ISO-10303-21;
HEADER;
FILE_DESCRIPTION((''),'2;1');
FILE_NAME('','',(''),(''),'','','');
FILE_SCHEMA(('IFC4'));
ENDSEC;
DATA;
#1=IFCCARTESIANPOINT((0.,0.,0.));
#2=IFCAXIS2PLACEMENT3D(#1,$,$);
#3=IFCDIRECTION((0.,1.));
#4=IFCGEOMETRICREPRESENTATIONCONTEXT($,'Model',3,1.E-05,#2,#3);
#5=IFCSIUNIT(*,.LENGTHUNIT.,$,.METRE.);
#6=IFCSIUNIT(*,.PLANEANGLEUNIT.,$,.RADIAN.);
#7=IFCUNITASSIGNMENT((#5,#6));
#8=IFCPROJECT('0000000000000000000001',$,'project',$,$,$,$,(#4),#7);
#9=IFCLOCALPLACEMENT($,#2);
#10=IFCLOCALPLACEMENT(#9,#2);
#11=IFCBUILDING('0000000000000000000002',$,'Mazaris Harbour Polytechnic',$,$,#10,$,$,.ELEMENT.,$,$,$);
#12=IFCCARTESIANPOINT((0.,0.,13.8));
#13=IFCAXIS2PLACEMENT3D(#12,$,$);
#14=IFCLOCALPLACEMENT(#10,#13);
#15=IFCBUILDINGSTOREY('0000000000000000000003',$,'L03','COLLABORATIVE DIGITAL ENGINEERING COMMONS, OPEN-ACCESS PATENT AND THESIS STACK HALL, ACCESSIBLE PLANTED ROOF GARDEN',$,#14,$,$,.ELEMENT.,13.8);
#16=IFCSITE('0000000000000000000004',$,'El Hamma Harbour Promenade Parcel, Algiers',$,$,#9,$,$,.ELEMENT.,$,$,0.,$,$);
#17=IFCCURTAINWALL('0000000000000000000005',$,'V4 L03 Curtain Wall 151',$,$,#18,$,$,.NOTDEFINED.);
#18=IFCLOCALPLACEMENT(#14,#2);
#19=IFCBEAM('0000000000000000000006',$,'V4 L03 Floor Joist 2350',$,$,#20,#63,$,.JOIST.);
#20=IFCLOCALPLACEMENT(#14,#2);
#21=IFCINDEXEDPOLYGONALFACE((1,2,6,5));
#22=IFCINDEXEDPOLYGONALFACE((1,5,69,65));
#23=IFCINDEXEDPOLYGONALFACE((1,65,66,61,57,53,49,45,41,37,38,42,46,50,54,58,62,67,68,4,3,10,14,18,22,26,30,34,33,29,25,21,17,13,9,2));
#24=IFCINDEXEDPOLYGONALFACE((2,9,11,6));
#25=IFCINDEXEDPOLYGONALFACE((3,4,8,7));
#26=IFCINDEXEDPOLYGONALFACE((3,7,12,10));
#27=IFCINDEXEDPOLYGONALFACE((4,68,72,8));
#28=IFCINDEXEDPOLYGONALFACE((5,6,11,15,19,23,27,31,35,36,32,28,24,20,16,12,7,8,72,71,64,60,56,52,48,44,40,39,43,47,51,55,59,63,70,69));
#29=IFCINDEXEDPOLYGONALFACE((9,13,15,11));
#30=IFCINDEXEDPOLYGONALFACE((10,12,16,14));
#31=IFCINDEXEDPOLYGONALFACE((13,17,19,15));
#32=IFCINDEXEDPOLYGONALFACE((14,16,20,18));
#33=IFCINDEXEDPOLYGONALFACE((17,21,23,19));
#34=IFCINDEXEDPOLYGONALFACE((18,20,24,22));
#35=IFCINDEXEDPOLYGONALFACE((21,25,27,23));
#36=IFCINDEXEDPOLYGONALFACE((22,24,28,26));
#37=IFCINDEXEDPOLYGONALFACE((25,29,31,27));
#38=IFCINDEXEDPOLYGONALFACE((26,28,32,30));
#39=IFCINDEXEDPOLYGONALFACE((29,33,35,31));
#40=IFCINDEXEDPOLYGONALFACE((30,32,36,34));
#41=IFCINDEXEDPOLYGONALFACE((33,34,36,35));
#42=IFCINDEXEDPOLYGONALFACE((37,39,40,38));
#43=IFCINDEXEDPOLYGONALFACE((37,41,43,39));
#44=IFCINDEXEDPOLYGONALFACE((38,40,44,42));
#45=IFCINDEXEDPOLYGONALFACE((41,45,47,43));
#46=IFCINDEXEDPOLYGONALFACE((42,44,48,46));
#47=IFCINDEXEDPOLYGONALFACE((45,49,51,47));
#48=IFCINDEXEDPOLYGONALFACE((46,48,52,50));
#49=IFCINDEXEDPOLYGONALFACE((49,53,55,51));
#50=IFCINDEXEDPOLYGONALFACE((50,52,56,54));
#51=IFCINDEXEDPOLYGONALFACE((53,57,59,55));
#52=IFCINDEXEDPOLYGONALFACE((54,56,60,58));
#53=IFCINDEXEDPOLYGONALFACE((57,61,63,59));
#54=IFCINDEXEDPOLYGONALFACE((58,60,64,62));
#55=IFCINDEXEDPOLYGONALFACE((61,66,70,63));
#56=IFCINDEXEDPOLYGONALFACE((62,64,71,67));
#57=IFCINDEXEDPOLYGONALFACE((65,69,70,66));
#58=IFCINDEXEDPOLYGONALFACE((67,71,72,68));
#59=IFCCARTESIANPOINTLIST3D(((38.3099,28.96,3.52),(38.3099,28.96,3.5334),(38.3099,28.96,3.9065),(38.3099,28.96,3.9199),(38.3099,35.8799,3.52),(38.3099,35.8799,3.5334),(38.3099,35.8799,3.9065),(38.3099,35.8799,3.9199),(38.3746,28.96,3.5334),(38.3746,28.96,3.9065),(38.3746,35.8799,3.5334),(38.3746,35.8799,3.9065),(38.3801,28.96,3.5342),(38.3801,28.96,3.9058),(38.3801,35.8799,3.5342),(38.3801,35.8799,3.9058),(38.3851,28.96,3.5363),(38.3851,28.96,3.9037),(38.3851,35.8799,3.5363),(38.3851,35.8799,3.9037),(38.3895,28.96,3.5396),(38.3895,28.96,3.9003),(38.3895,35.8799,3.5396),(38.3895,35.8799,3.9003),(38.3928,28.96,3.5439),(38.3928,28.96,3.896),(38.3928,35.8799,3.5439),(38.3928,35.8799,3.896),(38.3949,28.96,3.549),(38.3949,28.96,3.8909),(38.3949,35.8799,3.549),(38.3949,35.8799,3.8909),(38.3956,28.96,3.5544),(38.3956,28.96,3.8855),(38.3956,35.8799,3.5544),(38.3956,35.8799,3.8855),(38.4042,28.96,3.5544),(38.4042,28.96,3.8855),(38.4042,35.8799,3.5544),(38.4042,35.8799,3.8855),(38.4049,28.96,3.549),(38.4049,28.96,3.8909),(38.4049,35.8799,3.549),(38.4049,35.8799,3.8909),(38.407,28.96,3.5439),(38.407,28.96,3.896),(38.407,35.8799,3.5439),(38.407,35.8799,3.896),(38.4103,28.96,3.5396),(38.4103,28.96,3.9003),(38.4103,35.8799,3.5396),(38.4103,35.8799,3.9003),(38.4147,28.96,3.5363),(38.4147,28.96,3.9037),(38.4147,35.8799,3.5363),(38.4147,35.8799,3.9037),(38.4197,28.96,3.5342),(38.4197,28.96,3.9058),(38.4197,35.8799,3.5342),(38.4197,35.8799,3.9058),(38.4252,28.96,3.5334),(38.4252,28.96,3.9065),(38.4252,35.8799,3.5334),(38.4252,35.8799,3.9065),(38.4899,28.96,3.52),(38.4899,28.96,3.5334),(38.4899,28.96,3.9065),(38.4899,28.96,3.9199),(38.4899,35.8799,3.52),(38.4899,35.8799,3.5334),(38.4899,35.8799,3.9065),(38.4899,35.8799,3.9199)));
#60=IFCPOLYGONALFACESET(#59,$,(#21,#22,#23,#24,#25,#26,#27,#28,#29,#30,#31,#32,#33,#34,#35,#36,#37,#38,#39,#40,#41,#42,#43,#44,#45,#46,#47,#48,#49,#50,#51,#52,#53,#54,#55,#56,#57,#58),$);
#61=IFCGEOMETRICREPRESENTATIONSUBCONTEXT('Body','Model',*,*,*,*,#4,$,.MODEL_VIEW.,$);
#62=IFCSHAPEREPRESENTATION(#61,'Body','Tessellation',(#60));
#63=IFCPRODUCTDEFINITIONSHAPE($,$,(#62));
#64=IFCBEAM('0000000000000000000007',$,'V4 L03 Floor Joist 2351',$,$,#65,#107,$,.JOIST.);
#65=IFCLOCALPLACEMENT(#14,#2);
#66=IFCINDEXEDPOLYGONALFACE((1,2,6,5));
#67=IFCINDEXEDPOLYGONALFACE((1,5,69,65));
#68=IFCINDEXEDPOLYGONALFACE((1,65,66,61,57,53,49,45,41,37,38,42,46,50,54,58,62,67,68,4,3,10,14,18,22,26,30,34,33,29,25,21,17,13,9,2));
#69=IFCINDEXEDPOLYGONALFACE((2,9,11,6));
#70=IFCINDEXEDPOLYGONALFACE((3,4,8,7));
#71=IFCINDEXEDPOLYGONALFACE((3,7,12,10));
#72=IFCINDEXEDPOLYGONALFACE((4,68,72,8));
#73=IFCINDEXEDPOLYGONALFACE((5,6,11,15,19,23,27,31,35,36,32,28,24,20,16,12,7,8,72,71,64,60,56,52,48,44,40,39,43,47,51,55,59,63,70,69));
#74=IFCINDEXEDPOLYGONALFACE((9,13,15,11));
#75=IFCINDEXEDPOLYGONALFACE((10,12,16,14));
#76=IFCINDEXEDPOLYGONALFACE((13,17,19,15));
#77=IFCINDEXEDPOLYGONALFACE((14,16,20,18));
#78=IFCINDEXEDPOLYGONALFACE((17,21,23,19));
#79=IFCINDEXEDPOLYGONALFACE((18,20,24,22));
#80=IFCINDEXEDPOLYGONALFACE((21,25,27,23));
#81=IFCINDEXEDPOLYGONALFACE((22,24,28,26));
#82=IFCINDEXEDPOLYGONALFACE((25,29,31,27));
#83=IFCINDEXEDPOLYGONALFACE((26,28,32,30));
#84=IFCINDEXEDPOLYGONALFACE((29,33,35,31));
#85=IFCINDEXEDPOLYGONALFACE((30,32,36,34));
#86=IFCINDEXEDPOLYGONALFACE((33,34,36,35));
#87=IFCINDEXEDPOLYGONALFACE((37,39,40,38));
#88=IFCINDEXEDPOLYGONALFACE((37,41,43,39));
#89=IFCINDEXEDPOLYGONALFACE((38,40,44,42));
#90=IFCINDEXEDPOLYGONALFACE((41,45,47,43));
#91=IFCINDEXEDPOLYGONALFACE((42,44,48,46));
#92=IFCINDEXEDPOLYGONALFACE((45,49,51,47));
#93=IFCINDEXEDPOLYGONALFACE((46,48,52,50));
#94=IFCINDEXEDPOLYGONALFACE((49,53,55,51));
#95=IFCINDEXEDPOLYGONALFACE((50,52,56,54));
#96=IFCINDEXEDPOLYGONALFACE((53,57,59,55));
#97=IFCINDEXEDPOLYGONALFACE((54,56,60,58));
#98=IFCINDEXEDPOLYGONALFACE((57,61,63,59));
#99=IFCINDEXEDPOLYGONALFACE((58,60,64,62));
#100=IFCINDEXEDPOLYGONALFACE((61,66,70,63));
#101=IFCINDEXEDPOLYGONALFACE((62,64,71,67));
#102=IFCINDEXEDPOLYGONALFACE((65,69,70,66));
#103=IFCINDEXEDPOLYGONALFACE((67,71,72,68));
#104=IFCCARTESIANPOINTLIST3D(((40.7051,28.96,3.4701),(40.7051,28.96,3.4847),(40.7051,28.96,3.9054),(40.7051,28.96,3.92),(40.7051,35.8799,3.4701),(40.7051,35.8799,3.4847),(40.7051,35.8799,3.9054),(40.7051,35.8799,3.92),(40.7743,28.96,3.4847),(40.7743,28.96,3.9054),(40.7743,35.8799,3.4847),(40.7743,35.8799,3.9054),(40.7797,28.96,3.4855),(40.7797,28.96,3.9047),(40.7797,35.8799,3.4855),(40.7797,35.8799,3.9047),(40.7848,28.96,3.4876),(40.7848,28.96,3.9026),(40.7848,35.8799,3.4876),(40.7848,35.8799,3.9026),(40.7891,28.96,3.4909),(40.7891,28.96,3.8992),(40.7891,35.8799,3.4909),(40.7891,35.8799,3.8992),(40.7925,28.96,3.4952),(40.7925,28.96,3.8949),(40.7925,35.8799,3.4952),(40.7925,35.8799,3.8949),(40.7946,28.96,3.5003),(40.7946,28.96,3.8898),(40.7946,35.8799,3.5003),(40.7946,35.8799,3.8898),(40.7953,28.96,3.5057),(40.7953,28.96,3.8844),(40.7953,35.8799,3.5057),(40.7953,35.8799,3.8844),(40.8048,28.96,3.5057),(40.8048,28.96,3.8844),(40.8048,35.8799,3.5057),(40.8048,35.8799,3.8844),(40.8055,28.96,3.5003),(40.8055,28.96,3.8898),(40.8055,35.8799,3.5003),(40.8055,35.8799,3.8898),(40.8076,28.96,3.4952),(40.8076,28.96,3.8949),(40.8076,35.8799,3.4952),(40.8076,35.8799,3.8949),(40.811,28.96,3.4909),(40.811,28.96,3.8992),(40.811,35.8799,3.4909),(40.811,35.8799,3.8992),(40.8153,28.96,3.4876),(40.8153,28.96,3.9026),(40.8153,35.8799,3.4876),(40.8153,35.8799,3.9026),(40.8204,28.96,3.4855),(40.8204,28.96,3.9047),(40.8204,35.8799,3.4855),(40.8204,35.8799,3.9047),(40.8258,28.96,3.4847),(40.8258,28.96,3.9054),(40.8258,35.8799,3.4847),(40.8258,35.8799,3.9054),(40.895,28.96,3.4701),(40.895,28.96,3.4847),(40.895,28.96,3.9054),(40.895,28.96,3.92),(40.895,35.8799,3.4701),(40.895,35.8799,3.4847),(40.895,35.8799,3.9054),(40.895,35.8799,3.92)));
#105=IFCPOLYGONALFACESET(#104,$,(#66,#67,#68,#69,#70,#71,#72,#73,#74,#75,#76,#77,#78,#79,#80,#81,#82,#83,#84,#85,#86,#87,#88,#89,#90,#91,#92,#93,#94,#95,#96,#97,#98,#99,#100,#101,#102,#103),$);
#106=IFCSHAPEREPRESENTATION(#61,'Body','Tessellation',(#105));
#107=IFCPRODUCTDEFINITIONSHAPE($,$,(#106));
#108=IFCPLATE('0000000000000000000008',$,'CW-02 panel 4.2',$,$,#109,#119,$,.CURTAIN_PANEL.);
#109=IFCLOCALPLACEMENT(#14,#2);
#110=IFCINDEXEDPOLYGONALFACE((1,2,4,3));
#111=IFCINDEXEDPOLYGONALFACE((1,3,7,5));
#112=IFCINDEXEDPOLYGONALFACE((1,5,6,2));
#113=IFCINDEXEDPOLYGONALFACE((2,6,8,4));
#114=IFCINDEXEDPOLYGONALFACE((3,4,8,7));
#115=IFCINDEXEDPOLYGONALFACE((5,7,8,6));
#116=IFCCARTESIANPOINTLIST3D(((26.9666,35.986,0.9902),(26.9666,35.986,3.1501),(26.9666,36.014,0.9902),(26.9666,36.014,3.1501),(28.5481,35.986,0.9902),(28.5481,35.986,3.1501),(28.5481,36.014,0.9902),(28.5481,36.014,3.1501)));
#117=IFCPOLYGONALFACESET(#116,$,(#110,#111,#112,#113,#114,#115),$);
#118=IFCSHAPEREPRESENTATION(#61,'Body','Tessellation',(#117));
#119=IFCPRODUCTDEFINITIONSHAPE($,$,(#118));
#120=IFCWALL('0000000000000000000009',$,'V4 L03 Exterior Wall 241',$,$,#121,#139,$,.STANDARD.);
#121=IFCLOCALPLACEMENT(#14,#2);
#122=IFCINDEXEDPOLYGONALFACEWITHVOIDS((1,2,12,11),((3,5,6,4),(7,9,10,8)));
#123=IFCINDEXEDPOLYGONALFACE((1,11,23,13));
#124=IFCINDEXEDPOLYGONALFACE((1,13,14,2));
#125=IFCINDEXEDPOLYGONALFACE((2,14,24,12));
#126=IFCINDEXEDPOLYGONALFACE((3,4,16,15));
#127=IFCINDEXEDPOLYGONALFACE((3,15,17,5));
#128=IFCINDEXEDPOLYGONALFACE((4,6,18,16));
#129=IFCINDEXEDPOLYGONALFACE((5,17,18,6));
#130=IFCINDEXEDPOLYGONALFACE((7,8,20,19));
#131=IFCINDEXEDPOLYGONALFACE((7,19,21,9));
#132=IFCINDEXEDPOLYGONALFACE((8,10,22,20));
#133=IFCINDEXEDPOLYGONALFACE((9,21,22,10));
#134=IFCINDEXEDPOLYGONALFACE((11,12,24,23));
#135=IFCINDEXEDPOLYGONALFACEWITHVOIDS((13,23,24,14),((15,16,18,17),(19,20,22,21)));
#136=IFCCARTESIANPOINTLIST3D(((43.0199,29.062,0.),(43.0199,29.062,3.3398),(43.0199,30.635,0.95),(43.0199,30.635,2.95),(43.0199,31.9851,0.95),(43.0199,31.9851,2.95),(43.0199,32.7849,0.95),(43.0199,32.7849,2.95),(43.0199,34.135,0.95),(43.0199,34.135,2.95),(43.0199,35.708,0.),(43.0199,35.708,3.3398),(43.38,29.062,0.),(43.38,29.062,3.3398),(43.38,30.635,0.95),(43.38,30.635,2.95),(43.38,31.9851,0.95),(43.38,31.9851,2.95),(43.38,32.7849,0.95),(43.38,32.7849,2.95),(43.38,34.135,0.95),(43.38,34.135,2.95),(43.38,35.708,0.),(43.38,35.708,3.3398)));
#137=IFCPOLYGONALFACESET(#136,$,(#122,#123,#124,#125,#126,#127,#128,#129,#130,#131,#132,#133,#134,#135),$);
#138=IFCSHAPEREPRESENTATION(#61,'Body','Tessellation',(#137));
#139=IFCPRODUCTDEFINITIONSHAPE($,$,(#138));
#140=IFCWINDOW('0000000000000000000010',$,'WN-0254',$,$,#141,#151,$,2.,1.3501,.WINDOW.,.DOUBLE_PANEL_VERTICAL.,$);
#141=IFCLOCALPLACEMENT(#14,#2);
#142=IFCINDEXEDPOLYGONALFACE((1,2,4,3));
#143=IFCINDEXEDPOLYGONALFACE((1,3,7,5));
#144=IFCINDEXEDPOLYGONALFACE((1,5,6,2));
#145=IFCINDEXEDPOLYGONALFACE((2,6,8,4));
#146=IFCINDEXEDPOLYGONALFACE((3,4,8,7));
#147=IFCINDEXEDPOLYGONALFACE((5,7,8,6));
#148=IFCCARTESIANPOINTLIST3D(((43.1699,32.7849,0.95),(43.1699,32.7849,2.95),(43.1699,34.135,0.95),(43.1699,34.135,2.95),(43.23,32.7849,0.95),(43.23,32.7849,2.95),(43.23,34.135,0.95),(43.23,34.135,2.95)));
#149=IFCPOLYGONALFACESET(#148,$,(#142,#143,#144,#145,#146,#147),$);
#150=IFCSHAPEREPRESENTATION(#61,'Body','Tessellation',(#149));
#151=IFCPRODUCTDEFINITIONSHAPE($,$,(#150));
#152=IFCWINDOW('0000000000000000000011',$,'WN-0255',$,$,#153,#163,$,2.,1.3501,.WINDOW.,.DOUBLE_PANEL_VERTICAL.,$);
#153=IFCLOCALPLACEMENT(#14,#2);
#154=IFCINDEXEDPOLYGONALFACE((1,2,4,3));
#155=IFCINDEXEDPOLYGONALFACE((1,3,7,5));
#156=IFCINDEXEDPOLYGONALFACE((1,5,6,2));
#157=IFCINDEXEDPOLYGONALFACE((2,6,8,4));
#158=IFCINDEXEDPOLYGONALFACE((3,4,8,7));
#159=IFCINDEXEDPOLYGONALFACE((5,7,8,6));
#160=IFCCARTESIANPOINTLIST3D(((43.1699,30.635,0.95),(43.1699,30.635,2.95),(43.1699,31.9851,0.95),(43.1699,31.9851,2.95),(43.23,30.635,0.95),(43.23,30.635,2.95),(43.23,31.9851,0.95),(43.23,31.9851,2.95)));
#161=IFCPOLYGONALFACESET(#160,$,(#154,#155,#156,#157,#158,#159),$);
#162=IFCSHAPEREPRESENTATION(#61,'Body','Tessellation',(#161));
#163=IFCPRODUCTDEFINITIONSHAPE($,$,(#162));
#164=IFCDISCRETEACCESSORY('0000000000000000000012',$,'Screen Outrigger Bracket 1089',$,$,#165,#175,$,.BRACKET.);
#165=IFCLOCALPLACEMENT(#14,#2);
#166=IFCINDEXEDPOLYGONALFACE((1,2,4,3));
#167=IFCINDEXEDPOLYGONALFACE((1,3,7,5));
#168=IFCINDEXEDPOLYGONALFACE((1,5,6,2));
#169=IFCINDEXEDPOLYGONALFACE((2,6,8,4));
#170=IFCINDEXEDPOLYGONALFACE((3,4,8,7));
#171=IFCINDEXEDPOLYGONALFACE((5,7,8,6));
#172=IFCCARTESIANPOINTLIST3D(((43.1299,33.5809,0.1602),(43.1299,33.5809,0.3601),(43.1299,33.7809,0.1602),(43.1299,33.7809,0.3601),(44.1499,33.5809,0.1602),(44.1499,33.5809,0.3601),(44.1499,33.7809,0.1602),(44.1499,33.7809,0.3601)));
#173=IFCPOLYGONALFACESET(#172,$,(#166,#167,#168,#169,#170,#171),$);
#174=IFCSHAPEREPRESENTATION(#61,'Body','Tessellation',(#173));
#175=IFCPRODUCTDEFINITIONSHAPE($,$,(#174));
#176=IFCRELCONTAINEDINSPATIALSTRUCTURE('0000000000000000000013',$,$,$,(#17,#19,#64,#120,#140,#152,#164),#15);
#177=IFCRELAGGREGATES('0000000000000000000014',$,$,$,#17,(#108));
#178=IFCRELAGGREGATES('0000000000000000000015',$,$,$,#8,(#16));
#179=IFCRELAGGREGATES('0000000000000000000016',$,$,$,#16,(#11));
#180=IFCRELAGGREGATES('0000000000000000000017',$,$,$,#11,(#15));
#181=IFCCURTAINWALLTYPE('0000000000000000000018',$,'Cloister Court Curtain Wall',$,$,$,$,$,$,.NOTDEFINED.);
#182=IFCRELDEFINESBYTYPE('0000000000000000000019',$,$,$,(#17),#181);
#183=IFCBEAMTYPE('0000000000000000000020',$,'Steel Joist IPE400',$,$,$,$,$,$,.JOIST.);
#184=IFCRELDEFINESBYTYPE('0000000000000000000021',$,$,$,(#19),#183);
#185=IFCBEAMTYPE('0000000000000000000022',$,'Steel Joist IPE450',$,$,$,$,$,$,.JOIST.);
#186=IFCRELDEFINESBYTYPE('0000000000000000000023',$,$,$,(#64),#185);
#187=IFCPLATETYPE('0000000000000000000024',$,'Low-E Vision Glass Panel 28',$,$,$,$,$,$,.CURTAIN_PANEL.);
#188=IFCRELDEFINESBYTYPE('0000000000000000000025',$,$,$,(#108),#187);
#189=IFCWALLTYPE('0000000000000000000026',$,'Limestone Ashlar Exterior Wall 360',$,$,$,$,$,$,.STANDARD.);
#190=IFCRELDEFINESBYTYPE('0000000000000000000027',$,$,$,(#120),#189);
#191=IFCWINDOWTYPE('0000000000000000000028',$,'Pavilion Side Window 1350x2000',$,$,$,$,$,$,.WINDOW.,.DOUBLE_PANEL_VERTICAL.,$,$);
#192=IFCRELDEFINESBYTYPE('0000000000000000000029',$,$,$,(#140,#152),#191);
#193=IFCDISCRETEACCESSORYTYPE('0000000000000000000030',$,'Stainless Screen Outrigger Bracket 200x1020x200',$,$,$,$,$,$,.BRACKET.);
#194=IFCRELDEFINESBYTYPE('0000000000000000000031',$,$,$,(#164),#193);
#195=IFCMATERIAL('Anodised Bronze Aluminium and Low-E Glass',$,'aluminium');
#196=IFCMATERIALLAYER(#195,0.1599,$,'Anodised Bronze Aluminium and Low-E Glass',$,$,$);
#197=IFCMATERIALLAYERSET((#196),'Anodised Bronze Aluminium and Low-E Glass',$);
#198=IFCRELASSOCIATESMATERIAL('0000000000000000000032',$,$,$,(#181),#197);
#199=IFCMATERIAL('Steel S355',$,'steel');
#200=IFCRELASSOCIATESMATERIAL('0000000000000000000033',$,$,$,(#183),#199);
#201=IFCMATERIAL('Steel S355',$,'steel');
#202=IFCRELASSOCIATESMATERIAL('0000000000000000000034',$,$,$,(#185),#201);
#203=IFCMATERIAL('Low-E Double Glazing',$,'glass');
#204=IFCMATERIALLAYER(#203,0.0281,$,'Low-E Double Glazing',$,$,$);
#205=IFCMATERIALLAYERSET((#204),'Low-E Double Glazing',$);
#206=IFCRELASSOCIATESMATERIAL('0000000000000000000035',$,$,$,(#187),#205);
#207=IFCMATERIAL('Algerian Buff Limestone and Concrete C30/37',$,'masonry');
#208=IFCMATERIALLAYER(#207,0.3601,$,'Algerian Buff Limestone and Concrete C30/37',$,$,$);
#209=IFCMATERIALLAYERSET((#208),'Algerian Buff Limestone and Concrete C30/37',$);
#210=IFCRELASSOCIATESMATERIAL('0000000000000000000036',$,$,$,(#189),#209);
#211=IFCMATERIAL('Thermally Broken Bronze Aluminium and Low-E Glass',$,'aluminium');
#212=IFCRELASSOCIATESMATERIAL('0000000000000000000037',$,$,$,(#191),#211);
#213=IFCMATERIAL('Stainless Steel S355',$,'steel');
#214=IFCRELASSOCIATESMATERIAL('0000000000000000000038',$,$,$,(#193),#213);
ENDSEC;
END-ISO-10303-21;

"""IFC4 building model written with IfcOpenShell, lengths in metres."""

from ifc_helpers import new_model, si_unit, direction, frame, frame_2d, origin, origin_2d, place, context, subcontext, project, spatial, rectangle, i_section, extrude, material, layer, layer_set, material_profile, profile_set, type_object, element, fill, aggregate, save


model = new_model("IFC4")

# Units and contexts
model_context = context("Model", 3, precision=1e-05, world=origin(), true_north=direction((0.0, 1.0)))
body_context = subcontext(model_context, "Body", "Model", "MODEL_VIEW")
ifc_project = project(units=[si_unit("LENGTHUNIT", "METRE"), si_unit("PLANEANGLEUNIT", "RADIAN")], contexts=[model_context])

# Site, building, storey
site_placement = place(None, origin())
site = spatial("IfcSite", under=ifc_project, at=site_placement, Name="El Hamma Harbour Promenade Parcel, Algiers", CompositionType="ELEMENT", RefElevation=0.0)
building_placement = place(site_placement, origin())
building = spatial("IfcBuilding", under=site, at=building_placement, Name="Mazaris Harbour Polytechnic", CompositionType="ELEMENT")
storey_placement = place(building_placement, frame((0.0, 0.0, 13.8)))
storey = spatial("IfcBuildingStorey", under=building, at=storey_placement, Name="L03", Description="COLLABORATIVE DIGITAL ENGINEERING COMMONS, OPEN-ACCESS PATENT AND THESIS STACK HALL, ACCESSIBLE PLANTED ROOF GARDEN", CompositionType="ELEMENT", Elevation=13.8)

# Curtain wall
ifc_material_1 = material(Name="Anodised Bronze Aluminium and Low-E Glass", Category="aluminium")
ifc_layer_1 = layer(ifc_material_1, 0.1599, Name="Anodised Bronze Aluminium and Low-E Glass")
ifc_layer_set_1 = layer_set([ifc_layer_1], Name="Anodised Bronze Aluminium and Low-E Glass")
curtain_wall_type = type_object("IfcCurtainWallType", Name="Cloister Court Curtain Wall", PredefinedType="NOTDEFINED", material=ifc_layer_set_1)
curtain_wall_placement = place(storey_placement, origin())
curtain_wall = element("IfcCurtainWall", 1, at=curtain_wall_placement, inside=storey, type_object=curtain_wall_type, Name="V4 L03 Curtain Wall 151", PredefinedType="NOTDEFINED")

# Beams
ifc_material_2 = material(Name="Steel S355", Category="steel")
ifc_material_profile_1 = material_profile(ifc_material_2, i_section(OverallWidth=0.1799, OverallDepth=0.3999, WebThickness=0.0085, FlangeThickness=0.0134, FilletRadius=0.021, at=origin_2d()), Name="IPE 400")
ifc_profile_set_1 = profile_set([ifc_material_profile_1], Name="Steel S355")
beam_type_1 = type_object("IfcBeamType", Name="Steel Joist IPE400", PredefinedType="JOIST", material=ifc_profile_set_1)
beam_1_placement = place(storey_placement, frame((38.3999, 28.96, 3.72), z_axis=(0.0, 1.0, 0.0), x_axis=(-1.0, 0.0, 0.0)))
element("IfcBeam", 2, at=beam_1_placement, inside=storey, type_object=beam_type_1, Name="V4 L03 Floor Joist 2350", PredefinedType="JOIST", context=body_context, shape_type="SweptSolid", body=[
    extrude(i_section(OverallWidth=0.1799, OverallDepth=0.3999, WebThickness=0.0085, FlangeThickness=0.0134, FilletRadius=0.021, at=origin_2d()), origin(), (0.0, 0.0, 1.0), 6.9199),
])
ifc_material_3 = material(Name="Steel S355", Category="steel")
ifc_material_profile_2 = material_profile(ifc_material_3, i_section(OverallWidth=0.1899, OverallDepth=0.45, WebThickness=0.0095, FlangeThickness=0.0146, FilletRadius=0.021, at=origin_2d()), Name="IPE 450")
ifc_profile_set_2 = profile_set([ifc_material_profile_2], Name="Steel S355")
beam_type_2 = type_object("IfcBeamType", Name="Steel Joist IPE450", PredefinedType="JOIST", material=ifc_profile_set_2)
beam_2_placement = place(storey_placement, frame((40.8, 28.96, 3.6951), z_axis=(0.0, 1.0, 0.0), x_axis=(-1.0, 0.0, 0.0)))
element("IfcBeam", 3, at=beam_2_placement, inside=storey, type_object=beam_type_2, Name="V4 L03 Floor Joist 2351", PredefinedType="JOIST", context=body_context, shape_type="SweptSolid", body=[
    extrude(i_section(OverallWidth=0.1899, OverallDepth=0.45, WebThickness=0.0095, FlangeThickness=0.0146, FilletRadius=0.021, at=origin_2d()), origin(), (0.0, 0.0, 1.0), 6.9199),
])

# Plate
ifc_material_4 = material(Name="Low-E Double Glazing", Category="glass")
ifc_layer_2 = layer(ifc_material_4, 0.0281, Name="Low-E Double Glazing")
ifc_layer_set_2 = layer_set([ifc_layer_2], Name="Low-E Double Glazing")
plate_type = type_object("IfcPlateType", Name="Low-E Vision Glass Panel 28", PredefinedType="CURTAIN_PANEL", material=ifc_layer_set_2)
plate_placement = place(storey_placement, frame((27.7573, 36.0, 0.9902), z_axis=(0.0, 0.0, 1.0), x_axis=(1.0, 0.0, 0.0)))
plate = element("IfcPlate", 4, at=plate_placement, type_object=plate_type, Name="CW-02 panel 4.2", PredefinedType="CURTAIN_PANEL", context=body_context, shape_type="SweptSolid", body=[
    extrude(rectangle(XDim=1.5815, YDim=0.0281, at=origin_2d()), origin(), (0.0, 0.0, 1.0), 2.1599),
])
aggregate(curtain_wall, [plate])

# Wall, openings, windows
ifc_material_5 = material(Name="Algerian Buff Limestone and Concrete C30/37", Category="masonry")
ifc_layer_3 = layer(ifc_material_5, 0.3601, Name="Algerian Buff Limestone and Concrete C30/37")
ifc_layer_set_3 = layer_set([ifc_layer_3], Name="Algerian Buff Limestone and Concrete C30/37")
wall_type = type_object("IfcWallType", Name="Limestone Ashlar Exterior Wall 360", PredefinedType="STANDARD", material=ifc_layer_set_3)
wall_placement = place(storey_placement, frame((43.2, 35.708, 0.0), z_axis=(0.0, 0.0, 1.0), x_axis=(0.0, -1.0, 0.0)))
wall = element("IfcWall", 5, at=wall_placement, inside=storey, type_object=wall_type, Name="V4 L03 Exterior Wall 241", PredefinedType="STANDARD", context=body_context, shape_type="SweptSolid", body=[
    extrude(rectangle(XDim=6.646, YDim=0.3601, at=frame_2d((3.323, 0.0))), origin(), (0.0, 0.0, 1.0), 3.3398),
])
opening_1_placement = place(wall_placement, frame((1.573, 0.0, 0.95)))
opening_1 = element("IfcOpeningElement", 6, at=opening_1_placement, cuts=wall, PredefinedType="OPENING", context=body_context, shape_type="SweptSolid", body=[
    extrude(rectangle(XDim=1.3501, YDim=2.0, at=frame_2d((0.675, 1.0))), frame((0.0, 0.1899, 0.0), z_axis=(0.0, -1.0, 0.0), x_axis=(1.0, 0.0, 0.0)), (0.0, 0.0, 1.0), 0.3801),
])
opening_2_placement = place(wall_placement, frame((3.7229, 0.0, 0.95)))
opening_2 = element("IfcOpeningElement", 7, at=opening_2_placement, cuts=wall, PredefinedType="OPENING", context=body_context, shape_type="SweptSolid", body=[
    extrude(rectangle(XDim=1.3501, YDim=2.0, at=frame_2d((0.675, 1.0))), frame((0.0, 0.1899, 0.0), z_axis=(0.0, -1.0, 0.0), x_axis=(1.0, 0.0, 0.0)), (0.0, 0.0, 1.0), 0.3801),
])
ifc_material_6 = material(Name="Thermally Broken Bronze Aluminium and Low-E Glass", Category="aluminium")
window_type = type_object("IfcWindowType", Name="Pavilion Side Window 1350x2000", PartitioningType="DOUBLE_PANEL_VERTICAL", PredefinedType="WINDOW", material=ifc_material_6)
window_1_placement = place(opening_1_placement, origin())
window_1 = element("IfcWindow", 8, at=window_1_placement, inside=storey, type_object=window_type, Name="WN-0254", OverallHeight=2.0, OverallWidth=1.3501, PartitioningType="DOUBLE_PANEL_VERTICAL", PredefinedType="WINDOW", context=body_context, shape_type="SweptSolid", body=[
    extrude(rectangle(XDim=1.3501, YDim=2.0, at=frame_2d((0.675, 1.0))), frame((0.0, 0.03, 0.0), z_axis=(0.0, -1.0, 0.0), x_axis=(1.0, 0.0, 0.0)), (0.0, 0.0, 1.0), 0.0601),
])
fill(opening_1, window_1)
window_2_placement = place(opening_2_placement, origin())
window_2 = element("IfcWindow", 9, at=window_2_placement, inside=storey, type_object=window_type, Name="WN-0255", OverallHeight=2.0, OverallWidth=1.3501, PartitioningType="DOUBLE_PANEL_VERTICAL", PredefinedType="WINDOW", context=body_context, shape_type="SweptSolid", body=[
    extrude(rectangle(XDim=1.3501, YDim=2.0, at=frame_2d((0.675, 1.0))), frame((0.0, 0.03, 0.0), z_axis=(0.0, -1.0, 0.0), x_axis=(1.0, 0.0, 0.0)), (0.0, 0.0, 1.0), 0.0601),
])
fill(opening_2, window_2)

# Discrete accessory
ifc_material_7 = material(Name="Stainless Steel S355", Category="steel")
discrete_accessory_type = type_object("IfcDiscreteAccessoryType", Name="Stainless Screen Outrigger Bracket 200x1020x200", PredefinedType="BRACKET", material=ifc_material_7)
for number, where, z_axis, x_axis, name in (
    (10, (43.6399, 33.6809, 0.1602), (0.0, 0.0, 1.0), (0.0, -1.0, 0.0), "Screen Outrigger Bracket 1089"),
):
    element("IfcDiscreteAccessory", number, at=place(storey_placement, frame(where, z_axis=z_axis, x_axis=x_axis)), inside=storey, type_object=discrete_accessory_type, Name=name, PredefinedType="BRACKET", context=body_context, shape_type="SweptSolid", body=[
        extrude(rectangle(XDim=0.2, YDim=1.02, at=origin_2d()), origin(), (0.0, 0.0, 1.0), 0.2),
    ])

save(model, "model.ifc")
